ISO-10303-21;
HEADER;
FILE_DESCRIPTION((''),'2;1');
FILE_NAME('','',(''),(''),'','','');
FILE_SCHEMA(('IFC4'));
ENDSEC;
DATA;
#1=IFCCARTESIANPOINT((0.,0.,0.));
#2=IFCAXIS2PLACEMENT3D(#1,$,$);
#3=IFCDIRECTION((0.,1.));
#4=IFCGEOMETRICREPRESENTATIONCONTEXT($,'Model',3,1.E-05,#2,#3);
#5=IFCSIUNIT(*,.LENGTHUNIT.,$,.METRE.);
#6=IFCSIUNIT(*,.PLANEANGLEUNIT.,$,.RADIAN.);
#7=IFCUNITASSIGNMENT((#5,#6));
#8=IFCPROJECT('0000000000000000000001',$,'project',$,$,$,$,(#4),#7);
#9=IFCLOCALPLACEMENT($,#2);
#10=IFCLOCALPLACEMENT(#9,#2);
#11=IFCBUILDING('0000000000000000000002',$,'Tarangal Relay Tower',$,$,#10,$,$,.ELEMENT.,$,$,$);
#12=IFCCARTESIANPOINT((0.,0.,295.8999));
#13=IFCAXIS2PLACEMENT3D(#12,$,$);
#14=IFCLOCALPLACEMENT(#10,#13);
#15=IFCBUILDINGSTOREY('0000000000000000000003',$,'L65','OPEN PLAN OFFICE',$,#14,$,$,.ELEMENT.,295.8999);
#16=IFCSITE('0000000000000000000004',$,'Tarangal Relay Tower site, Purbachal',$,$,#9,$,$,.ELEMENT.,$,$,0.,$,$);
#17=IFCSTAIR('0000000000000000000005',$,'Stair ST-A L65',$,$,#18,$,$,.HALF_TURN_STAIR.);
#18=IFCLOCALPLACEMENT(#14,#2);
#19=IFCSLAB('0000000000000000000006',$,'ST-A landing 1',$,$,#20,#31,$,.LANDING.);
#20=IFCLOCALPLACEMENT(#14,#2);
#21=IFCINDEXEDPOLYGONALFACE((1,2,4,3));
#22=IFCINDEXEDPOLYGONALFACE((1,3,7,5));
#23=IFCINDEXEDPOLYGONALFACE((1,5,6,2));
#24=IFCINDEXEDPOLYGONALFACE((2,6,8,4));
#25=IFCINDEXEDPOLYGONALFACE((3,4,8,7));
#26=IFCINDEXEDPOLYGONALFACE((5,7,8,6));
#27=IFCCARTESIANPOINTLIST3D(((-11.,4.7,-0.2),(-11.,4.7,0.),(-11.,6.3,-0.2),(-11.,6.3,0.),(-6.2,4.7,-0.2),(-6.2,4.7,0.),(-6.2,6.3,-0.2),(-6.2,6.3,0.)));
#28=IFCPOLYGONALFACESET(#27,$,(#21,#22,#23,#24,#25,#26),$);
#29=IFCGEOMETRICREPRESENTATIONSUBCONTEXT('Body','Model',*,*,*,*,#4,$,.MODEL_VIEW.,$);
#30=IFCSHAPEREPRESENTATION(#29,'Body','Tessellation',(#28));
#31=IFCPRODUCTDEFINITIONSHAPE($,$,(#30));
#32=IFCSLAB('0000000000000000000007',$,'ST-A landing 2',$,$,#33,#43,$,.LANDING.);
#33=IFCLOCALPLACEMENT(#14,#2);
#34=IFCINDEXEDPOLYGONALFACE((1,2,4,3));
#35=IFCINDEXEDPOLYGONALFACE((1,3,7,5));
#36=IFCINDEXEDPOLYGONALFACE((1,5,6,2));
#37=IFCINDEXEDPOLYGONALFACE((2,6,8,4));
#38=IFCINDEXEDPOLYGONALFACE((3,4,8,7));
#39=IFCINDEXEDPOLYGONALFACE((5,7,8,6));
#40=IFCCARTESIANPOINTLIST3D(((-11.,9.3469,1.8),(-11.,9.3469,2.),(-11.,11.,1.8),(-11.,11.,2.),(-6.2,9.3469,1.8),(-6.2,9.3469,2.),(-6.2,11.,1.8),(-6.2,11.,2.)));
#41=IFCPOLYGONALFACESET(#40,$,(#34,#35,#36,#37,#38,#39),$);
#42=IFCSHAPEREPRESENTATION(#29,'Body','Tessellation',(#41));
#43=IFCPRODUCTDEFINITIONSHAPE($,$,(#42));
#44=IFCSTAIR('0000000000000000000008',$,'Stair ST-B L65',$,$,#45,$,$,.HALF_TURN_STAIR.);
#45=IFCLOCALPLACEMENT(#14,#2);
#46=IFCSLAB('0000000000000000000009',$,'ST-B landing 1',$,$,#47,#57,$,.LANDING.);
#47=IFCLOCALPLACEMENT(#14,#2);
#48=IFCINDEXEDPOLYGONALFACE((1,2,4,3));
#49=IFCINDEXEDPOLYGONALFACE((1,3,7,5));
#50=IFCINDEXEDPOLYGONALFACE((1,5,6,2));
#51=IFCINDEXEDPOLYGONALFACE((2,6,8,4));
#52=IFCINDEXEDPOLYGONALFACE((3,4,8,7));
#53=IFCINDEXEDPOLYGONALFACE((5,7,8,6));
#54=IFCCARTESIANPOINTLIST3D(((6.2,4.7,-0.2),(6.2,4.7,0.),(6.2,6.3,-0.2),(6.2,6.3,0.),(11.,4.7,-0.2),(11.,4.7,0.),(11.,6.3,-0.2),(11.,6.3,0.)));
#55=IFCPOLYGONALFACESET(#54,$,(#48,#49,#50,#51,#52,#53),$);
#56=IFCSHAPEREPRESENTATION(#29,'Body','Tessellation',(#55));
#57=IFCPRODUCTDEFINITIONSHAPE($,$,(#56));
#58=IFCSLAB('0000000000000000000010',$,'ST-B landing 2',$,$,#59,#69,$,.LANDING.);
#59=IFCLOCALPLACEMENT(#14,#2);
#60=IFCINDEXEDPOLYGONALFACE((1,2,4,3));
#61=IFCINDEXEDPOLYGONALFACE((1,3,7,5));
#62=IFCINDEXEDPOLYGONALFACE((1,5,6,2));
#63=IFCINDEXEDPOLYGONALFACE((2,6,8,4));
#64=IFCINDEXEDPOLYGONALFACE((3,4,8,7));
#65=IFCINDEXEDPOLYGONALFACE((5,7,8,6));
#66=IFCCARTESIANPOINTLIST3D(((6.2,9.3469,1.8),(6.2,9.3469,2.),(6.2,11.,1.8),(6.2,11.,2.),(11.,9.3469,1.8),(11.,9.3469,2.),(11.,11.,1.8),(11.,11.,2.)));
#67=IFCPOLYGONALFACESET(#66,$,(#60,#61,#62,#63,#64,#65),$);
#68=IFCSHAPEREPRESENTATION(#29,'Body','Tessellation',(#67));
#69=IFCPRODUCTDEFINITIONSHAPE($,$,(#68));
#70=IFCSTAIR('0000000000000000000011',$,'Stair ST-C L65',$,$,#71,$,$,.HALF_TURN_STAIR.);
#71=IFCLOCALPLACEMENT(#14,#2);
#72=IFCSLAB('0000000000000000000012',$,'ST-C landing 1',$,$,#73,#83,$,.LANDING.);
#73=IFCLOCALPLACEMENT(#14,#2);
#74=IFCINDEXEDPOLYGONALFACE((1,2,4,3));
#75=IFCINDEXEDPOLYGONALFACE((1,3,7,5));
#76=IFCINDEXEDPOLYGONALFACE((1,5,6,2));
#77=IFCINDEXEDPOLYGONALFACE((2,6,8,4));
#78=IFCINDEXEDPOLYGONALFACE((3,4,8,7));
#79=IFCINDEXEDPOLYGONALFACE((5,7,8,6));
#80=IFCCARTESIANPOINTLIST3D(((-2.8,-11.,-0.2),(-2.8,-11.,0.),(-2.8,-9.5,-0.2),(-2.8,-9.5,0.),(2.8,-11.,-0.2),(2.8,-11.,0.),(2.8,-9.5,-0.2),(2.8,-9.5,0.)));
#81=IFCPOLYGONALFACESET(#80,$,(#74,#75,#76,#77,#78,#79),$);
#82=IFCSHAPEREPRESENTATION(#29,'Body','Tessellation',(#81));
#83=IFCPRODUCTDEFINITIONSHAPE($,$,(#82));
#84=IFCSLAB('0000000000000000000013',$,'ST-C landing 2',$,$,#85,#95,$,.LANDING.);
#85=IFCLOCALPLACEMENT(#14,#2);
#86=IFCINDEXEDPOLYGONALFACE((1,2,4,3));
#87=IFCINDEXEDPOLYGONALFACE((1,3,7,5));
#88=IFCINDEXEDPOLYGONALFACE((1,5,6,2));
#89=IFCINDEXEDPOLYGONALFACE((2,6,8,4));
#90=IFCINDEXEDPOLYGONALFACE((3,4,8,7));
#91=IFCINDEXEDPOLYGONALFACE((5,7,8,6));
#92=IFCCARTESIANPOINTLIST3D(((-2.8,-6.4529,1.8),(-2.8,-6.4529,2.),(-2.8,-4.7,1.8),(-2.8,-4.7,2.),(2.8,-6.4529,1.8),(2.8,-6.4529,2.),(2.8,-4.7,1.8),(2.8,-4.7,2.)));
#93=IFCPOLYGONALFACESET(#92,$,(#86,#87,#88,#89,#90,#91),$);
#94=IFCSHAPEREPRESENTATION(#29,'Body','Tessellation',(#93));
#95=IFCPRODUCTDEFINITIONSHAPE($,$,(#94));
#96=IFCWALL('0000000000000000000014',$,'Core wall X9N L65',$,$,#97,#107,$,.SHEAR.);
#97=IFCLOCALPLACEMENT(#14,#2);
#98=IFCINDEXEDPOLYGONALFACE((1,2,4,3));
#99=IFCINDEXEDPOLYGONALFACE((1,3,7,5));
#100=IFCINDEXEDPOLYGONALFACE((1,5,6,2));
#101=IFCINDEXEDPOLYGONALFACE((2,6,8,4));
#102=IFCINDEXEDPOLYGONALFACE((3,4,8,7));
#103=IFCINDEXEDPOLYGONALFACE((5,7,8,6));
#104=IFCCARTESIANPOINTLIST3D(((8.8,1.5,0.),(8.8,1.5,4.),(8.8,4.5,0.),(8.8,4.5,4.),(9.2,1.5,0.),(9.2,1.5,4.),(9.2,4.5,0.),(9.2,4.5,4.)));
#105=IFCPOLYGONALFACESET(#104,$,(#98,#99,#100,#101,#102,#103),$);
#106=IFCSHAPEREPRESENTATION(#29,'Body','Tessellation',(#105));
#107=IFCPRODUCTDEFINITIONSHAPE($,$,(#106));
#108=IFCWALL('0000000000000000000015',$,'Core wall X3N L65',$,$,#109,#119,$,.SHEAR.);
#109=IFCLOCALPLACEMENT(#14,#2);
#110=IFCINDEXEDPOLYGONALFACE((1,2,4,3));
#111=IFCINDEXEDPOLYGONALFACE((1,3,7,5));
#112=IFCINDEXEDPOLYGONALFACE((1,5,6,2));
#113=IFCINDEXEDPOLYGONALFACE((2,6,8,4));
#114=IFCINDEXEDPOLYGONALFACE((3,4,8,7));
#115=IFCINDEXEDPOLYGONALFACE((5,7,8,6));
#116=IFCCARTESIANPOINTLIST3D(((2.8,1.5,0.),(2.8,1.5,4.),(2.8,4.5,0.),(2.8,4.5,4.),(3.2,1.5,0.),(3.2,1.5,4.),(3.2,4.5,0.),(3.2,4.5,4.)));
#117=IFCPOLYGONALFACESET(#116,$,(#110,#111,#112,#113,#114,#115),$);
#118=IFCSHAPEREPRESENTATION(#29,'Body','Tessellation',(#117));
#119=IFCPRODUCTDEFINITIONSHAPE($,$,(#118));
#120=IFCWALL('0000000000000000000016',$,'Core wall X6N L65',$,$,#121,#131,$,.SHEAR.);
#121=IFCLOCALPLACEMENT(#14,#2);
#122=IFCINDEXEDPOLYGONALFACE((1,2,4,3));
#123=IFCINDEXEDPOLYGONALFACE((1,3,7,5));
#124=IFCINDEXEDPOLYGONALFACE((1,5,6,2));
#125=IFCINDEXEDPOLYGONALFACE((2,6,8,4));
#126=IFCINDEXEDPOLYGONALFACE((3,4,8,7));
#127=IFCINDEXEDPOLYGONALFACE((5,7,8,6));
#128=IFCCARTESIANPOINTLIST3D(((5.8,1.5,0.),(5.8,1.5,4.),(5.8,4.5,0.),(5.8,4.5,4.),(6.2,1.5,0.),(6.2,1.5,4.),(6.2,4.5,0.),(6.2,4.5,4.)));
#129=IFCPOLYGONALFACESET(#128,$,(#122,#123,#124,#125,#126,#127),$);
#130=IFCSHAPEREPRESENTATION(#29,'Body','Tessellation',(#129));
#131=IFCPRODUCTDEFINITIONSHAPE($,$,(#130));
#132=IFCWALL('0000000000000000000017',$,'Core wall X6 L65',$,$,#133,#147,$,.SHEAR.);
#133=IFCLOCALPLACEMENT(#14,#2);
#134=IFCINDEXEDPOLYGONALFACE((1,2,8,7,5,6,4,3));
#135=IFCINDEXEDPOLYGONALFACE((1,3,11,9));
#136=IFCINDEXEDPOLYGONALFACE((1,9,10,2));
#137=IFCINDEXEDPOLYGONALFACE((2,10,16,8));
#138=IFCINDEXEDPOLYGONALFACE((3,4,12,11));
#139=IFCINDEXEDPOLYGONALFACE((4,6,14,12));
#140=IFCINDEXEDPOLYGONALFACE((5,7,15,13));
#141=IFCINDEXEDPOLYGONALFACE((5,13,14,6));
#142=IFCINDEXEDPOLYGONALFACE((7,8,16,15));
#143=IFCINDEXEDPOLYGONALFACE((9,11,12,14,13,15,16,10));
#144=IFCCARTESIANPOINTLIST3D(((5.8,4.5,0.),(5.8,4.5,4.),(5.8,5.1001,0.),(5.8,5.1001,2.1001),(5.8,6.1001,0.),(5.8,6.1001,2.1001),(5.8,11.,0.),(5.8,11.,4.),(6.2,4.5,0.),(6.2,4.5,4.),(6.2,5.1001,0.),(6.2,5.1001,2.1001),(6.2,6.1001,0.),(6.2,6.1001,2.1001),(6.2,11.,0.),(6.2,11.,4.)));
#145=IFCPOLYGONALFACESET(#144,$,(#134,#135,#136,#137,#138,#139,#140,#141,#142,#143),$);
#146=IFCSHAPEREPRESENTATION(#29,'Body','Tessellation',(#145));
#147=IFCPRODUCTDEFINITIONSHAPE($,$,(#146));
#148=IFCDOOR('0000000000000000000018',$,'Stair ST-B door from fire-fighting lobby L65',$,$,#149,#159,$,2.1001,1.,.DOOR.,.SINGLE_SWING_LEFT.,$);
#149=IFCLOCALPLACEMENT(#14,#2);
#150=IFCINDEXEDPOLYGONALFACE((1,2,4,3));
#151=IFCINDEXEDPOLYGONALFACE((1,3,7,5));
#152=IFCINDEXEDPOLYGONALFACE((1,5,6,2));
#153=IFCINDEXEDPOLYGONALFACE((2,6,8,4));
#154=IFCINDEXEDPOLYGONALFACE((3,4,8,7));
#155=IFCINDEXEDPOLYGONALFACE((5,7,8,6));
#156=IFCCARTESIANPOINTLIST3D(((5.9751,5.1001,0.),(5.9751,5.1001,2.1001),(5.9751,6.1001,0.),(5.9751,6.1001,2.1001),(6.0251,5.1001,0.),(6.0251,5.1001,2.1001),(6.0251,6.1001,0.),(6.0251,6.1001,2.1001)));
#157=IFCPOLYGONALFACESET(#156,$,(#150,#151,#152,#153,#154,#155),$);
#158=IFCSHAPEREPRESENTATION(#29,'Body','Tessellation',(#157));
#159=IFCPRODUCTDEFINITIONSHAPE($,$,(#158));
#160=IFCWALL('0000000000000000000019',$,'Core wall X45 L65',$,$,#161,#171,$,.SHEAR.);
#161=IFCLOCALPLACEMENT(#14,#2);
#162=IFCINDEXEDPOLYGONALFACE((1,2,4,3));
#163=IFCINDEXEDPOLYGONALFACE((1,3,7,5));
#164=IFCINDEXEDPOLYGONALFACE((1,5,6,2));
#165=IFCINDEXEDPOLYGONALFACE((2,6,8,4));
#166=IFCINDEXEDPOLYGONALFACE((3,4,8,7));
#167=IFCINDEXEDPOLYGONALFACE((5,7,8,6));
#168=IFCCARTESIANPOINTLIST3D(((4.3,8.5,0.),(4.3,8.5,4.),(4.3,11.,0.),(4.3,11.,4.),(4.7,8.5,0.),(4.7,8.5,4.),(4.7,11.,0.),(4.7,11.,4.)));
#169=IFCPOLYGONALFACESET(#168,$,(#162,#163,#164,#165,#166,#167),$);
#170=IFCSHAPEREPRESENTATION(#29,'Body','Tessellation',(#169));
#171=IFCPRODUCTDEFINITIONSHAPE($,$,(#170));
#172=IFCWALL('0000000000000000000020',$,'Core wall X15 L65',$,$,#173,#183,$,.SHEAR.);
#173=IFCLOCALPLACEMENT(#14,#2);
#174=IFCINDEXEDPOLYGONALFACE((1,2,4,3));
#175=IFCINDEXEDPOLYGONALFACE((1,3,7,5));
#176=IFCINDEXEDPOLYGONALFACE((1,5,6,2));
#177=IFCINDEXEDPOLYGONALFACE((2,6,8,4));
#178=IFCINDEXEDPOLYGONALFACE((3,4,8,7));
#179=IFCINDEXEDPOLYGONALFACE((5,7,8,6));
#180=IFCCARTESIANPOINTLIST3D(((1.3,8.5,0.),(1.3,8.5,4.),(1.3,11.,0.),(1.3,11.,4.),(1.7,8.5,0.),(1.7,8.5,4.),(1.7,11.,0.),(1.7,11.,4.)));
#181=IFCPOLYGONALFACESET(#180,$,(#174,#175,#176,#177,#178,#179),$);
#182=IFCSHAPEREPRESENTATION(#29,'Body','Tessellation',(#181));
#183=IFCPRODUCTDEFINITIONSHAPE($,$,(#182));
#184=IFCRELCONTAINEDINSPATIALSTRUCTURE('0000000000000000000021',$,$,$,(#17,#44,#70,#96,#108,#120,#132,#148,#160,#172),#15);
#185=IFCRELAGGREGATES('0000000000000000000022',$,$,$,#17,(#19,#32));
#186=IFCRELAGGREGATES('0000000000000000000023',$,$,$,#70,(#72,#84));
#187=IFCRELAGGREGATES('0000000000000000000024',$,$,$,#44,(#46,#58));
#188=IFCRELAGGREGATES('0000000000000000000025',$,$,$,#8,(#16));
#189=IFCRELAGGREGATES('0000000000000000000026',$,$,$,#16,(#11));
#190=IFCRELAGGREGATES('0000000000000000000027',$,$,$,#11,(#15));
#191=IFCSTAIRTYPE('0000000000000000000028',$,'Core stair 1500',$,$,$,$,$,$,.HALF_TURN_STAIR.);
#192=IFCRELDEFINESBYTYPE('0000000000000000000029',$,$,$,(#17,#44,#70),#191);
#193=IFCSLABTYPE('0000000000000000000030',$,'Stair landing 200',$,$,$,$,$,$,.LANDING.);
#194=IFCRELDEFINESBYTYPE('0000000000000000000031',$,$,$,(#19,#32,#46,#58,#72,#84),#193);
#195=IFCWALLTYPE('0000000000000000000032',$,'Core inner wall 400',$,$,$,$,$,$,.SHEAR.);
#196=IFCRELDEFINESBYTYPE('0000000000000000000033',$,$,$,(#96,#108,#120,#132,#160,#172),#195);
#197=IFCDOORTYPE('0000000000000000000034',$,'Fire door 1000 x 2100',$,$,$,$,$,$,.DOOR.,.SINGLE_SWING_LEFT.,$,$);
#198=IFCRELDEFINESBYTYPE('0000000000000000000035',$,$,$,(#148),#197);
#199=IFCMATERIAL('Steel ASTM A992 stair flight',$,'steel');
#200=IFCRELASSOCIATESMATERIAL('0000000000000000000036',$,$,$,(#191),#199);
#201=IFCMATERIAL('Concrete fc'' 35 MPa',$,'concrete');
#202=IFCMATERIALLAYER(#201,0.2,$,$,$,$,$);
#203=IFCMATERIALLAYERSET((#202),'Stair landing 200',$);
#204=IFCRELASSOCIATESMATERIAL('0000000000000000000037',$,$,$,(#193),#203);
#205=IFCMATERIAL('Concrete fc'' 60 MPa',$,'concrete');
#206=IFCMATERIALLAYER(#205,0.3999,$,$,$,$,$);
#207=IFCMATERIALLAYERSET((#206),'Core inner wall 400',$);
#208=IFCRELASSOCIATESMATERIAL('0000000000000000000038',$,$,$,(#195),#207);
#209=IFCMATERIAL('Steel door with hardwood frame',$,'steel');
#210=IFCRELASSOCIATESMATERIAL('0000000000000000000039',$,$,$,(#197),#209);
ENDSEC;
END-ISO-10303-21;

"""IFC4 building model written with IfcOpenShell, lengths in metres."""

from ifc_helpers import new_model, si_unit, direction, frame, frame_2d, origin, place, context, subcontext, project, spatial, polyline, rectangle, outline, extrude, material, layer, layer_set, type_object, element, fill, aggregate, save


model = new_model("IFC4")

# Units and contexts
model_context = context("Model", 3, precision=1e-05, world=origin(), true_north=direction((0.0, 1.0)))
body_context = subcontext(model_context, "Body", "Model", "MODEL_VIEW")
ifc_project = project(units=[si_unit("LENGTHUNIT", "METRE"), si_unit("PLANEANGLEUNIT", "RADIAN")], contexts=[model_context])

# Site, building, storey
site_placement = place(None, origin())
site = spatial("IfcSite", under=ifc_project, at=site_placement, Name="Tarangal Relay Tower site, Purbachal", CompositionType="ELEMENT", RefElevation=0.0)
building_placement = place(site_placement, origin())
building = spatial("IfcBuilding", under=site, at=building_placement, Name="Tarangal Relay Tower", CompositionType="ELEMENT")
storey_placement = place(building_placement, frame((0.0, 0.0, 295.8999)))
storey = spatial("IfcBuildingStorey", under=building, at=storey_placement, Name="L65", Description="OPEN PLAN OFFICE", CompositionType="ELEMENT", Elevation=295.8999)

# Stairs, slabs
ifc_material_1 = material(Name="Steel ASTM A992 stair flight", Category="steel")
stair_type = type_object("IfcStairType", Name="Core stair 1500", PredefinedType="HALF_TURN_STAIR", material=ifc_material_1)
stair_1_placement = place(storey_placement, origin())
stair_1 = element("IfcStair", 1, at=stair_1_placement, inside=storey, type_object=stair_type, Name="Stair ST-A L65", PredefinedType="HALF_TURN_STAIR")
ifc_material_2 = material(Name="Concrete fc' 35 MPa", Category="concrete")
ifc_layer_1 = layer(ifc_material_2, 0.2)
ifc_layer_set_1 = layer_set([ifc_layer_1], Name="Stair landing 200")
slab_type = type_object("IfcSlabType", Name="Stair landing 200", PredefinedType="LANDING", material=ifc_layer_set_1)
slab_1_placement = place(storey_placement, frame((0.0, 0.0, -0.2)))
slab_1 = element("IfcSlab", 2, at=slab_1_placement, type_object=slab_type, Name="ST-A landing 1", PredefinedType="LANDING", context=body_context, shape_type="SweptSolid", body=[
    extrude(outline(polyline([(-11.0, 4.7), (-6.2, 4.7), (-6.2, 6.3), (-11.0, 6.3), (-11.0, 4.7)])), origin(), (0.0, 0.0, 1.0), 0.2),
])
slab_2_placement = place(storey_placement, frame((0.0, 0.0, 1.8)))
slab_2 = element("IfcSlab", 3, at=slab_2_placement, type_object=slab_type, Name="ST-A landing 2", PredefinedType="LANDING", context=body_context, shape_type="SweptSolid", body=[
    extrude(outline(polyline([(-11.0, 9.3469), (-6.2, 9.3469), (-6.2, 11.0), (-11.0, 11.0), (-11.0, 9.3469)])), origin(), (0.0, 0.0, 1.0), 0.2),
])
aggregate(stair_1, [slab_1, slab_2])
stair_2_placement = place(storey_placement, origin())
stair_2 = element("IfcStair", 4, at=stair_2_placement, inside=storey, type_object=stair_type, Name="Stair ST-B L65", PredefinedType="HALF_TURN_STAIR")
slab_3_placement = place(storey_placement, frame((0.0, 0.0, -0.2)))
slab_3 = element("IfcSlab", 5, at=slab_3_placement, type_object=slab_type, Name="ST-B landing 1", PredefinedType="LANDING", context=body_context, shape_type="SweptSolid", body=[
    extrude(outline(polyline([(6.2, 4.7), (11.0, 4.7), (11.0, 6.3), (6.2, 6.3), (6.2, 4.7)])), origin(), (0.0, 0.0, 1.0), 0.2),
])
slab_4_placement = place(storey_placement, frame((0.0, 0.0, 1.8)))
slab_4 = element("IfcSlab", 6, at=slab_4_placement, type_object=slab_type, Name="ST-B landing 2", PredefinedType="LANDING", context=body_context, shape_type="SweptSolid", body=[
    extrude(outline(polyline([(6.2, 9.3469), (11.0, 9.3469), (11.0, 11.0), (6.2, 11.0), (6.2, 9.3469)])), origin(), (0.0, 0.0, 1.0), 0.2),
])
stair_3_placement = place(storey_placement, origin())
stair_3 = element("IfcStair", 7, at=stair_3_placement, inside=storey, type_object=stair_type, Name="Stair ST-C L65", PredefinedType="HALF_TURN_STAIR")
slab_5_placement = place(storey_placement, frame((0.0, 0.0, -0.2)))
slab_5 = element("IfcSlab", 8, at=slab_5_placement, type_object=slab_type, Name="ST-C landing 1", PredefinedType="LANDING", context=body_context, shape_type="SweptSolid", body=[
    extrude(outline(polyline([(-2.8, -11.0), (2.8, -11.0), (2.8, -9.5), (-2.8, -9.5), (-2.8, -11.0)])), origin(), (0.0, 0.0, 1.0), 0.2),
])
slab_6_placement = place(storey_placement, frame((0.0, 0.0, 1.8)))
slab_6 = element("IfcSlab", 9, at=slab_6_placement, type_object=slab_type, Name="ST-C landing 2", PredefinedType="LANDING", context=body_context, shape_type="SweptSolid", body=[
    extrude(outline(polyline([(-2.8, -6.4529), (2.8, -6.4529), (2.8, -4.7), (-2.8, -4.7), (-2.8, -6.4529)])), origin(), (0.0, 0.0, 1.0), 0.2),
])
aggregate(stair_3, [slab_5, slab_6])

# Walls
ifc_material_3 = material(Name="Concrete fc' 60 MPa", Category="concrete")
ifc_layer_2 = layer(ifc_material_3, 0.3999)
ifc_layer_set_2 = layer_set([ifc_layer_2], Name="Core inner wall 400")
wall_type_1 = type_object("IfcWallType", Name="Core inner wall 400", PredefinedType="SHEAR", material=ifc_layer_set_2)
for number, where, z_axis, x_axis, name in (
    (10, (9.0, 1.5, 0.0), (0.0, 0.0, 1.0), (0.0, 1.0, 0.0), "Core wall X9N L65"),
    (11, (3.0, 1.5, 0.0), (0.0, 0.0, 1.0), (0.0, 1.0, 0.0), "Core wall X3N L65"),
    (12, (6.0, 1.5, 0.0), (0.0, 0.0, 1.0), (0.0, 1.0, 0.0), "Core wall X6N L65"),
):
    element("IfcWall", number, at=place(storey_placement, frame(where, z_axis=z_axis, x_axis=x_axis)), inside=storey, type_object=wall_type_1, Name=name, PredefinedType="SHEAR", context=body_context, shape_type="SweptSolid", body=[
        extrude(rectangle(XDim=3.0, YDim=0.3999, at=frame_2d((1.5, 0.0))), origin(), (0.0, 0.0, 1.0), 4.0),
    ])

# Wall, opening, door
wall_1_placement = place(storey_placement, frame((6.0, 4.5, 0.0), z_axis=(0.0, 0.0, 1.0), x_axis=(0.0, 1.0, 0.0)))
wall_1 = element("IfcWall", 13, at=wall_1_placement, inside=storey, type_object=wall_type_1, Name="Core wall X6 L65", PredefinedType="SHEAR", context=body_context, shape_type="SweptSolid", body=[
    extrude(rectangle(XDim=6.5, YDim=0.3999, at=frame_2d((3.25, 0.0))), origin(), (0.0, 0.0, 1.0), 4.0),
])
opening_1_placement = place(wall_1_placement, frame((0.6001, 0.0, 0.0)))
opening_1 = element("IfcOpeningElement", 14, at=opening_1_placement, cuts=wall_1, PredefinedType="OPENING", context=body_context, shape_type="SweptSolid", body=[
    extrude(rectangle(XDim=1.0, YDim=2.1001, at=frame_2d((0.5, 1.05))), frame((0.0, 0.21, 0.0), z_axis=(0.0, -1.0, 0.0), x_axis=(1.0, 0.0, 0.0)), (0.0, 0.0, 1.0), 0.4199),
])
ifc_material_4 = material(Name="Steel door with hardwood frame", Category="steel")
door_type_1 = type_object("IfcDoorType", Name="Fire door 1000 x 2100", OperationType="SINGLE_SWING_LEFT", PredefinedType="DOOR", material=ifc_material_4)
door_1_placement = place(opening_1_placement, origin())
door_1 = element("IfcDoor", 15, at=door_1_placement, inside=storey, type_object=door_type_1, Name="Stair ST-B door from fire-fighting lobby L65", OperationType="SINGLE_SWING_LEFT", OverallHeight=2.1001, OverallWidth=1.0, PredefinedType="DOOR", context=body_context, shape_type="SweptSolid", body=[
    extrude(rectangle(XDim=1.0, YDim=2.1001, at=frame_2d((0.5, 1.05))), frame((0.0, 0.0249, 0.0), z_axis=(0.0, -1.0, 0.0), x_axis=(1.0, 0.0, 0.0)), (0.0, 0.0, 1.0), 0.05),
])
fill(opening_1, door_1)

# Walls
for number, where, z_axis, x_axis, name in (
    (16, (4.5, 8.5, 0.0), (0.0, 0.0, 1.0), (0.0, 1.0, 0.0), "Core wall X45 L65"),
    (17, (1.5, 8.5, 0.0), (0.0, 0.0, 1.0), (0.0, 1.0, 0.0), "Core wall X15 L65"),
):
    element("IfcWall", number, at=place(storey_placement, frame(where, z_axis=z_axis, x_axis=x_axis)), inside=storey, type_object=wall_type_1, Name=name, PredefinedType="SHEAR", context=body_context, shape_type="SweptSolid", body=[
        extrude(rectangle(XDim=2.5, YDim=0.3999, at=frame_2d((1.25, 0.0))), origin(), (0.0, 0.0, 1.0), 4.0),
    ])

aggregate(stair_2, [slab_3, slab_4])

save(model, "model.ifc")
